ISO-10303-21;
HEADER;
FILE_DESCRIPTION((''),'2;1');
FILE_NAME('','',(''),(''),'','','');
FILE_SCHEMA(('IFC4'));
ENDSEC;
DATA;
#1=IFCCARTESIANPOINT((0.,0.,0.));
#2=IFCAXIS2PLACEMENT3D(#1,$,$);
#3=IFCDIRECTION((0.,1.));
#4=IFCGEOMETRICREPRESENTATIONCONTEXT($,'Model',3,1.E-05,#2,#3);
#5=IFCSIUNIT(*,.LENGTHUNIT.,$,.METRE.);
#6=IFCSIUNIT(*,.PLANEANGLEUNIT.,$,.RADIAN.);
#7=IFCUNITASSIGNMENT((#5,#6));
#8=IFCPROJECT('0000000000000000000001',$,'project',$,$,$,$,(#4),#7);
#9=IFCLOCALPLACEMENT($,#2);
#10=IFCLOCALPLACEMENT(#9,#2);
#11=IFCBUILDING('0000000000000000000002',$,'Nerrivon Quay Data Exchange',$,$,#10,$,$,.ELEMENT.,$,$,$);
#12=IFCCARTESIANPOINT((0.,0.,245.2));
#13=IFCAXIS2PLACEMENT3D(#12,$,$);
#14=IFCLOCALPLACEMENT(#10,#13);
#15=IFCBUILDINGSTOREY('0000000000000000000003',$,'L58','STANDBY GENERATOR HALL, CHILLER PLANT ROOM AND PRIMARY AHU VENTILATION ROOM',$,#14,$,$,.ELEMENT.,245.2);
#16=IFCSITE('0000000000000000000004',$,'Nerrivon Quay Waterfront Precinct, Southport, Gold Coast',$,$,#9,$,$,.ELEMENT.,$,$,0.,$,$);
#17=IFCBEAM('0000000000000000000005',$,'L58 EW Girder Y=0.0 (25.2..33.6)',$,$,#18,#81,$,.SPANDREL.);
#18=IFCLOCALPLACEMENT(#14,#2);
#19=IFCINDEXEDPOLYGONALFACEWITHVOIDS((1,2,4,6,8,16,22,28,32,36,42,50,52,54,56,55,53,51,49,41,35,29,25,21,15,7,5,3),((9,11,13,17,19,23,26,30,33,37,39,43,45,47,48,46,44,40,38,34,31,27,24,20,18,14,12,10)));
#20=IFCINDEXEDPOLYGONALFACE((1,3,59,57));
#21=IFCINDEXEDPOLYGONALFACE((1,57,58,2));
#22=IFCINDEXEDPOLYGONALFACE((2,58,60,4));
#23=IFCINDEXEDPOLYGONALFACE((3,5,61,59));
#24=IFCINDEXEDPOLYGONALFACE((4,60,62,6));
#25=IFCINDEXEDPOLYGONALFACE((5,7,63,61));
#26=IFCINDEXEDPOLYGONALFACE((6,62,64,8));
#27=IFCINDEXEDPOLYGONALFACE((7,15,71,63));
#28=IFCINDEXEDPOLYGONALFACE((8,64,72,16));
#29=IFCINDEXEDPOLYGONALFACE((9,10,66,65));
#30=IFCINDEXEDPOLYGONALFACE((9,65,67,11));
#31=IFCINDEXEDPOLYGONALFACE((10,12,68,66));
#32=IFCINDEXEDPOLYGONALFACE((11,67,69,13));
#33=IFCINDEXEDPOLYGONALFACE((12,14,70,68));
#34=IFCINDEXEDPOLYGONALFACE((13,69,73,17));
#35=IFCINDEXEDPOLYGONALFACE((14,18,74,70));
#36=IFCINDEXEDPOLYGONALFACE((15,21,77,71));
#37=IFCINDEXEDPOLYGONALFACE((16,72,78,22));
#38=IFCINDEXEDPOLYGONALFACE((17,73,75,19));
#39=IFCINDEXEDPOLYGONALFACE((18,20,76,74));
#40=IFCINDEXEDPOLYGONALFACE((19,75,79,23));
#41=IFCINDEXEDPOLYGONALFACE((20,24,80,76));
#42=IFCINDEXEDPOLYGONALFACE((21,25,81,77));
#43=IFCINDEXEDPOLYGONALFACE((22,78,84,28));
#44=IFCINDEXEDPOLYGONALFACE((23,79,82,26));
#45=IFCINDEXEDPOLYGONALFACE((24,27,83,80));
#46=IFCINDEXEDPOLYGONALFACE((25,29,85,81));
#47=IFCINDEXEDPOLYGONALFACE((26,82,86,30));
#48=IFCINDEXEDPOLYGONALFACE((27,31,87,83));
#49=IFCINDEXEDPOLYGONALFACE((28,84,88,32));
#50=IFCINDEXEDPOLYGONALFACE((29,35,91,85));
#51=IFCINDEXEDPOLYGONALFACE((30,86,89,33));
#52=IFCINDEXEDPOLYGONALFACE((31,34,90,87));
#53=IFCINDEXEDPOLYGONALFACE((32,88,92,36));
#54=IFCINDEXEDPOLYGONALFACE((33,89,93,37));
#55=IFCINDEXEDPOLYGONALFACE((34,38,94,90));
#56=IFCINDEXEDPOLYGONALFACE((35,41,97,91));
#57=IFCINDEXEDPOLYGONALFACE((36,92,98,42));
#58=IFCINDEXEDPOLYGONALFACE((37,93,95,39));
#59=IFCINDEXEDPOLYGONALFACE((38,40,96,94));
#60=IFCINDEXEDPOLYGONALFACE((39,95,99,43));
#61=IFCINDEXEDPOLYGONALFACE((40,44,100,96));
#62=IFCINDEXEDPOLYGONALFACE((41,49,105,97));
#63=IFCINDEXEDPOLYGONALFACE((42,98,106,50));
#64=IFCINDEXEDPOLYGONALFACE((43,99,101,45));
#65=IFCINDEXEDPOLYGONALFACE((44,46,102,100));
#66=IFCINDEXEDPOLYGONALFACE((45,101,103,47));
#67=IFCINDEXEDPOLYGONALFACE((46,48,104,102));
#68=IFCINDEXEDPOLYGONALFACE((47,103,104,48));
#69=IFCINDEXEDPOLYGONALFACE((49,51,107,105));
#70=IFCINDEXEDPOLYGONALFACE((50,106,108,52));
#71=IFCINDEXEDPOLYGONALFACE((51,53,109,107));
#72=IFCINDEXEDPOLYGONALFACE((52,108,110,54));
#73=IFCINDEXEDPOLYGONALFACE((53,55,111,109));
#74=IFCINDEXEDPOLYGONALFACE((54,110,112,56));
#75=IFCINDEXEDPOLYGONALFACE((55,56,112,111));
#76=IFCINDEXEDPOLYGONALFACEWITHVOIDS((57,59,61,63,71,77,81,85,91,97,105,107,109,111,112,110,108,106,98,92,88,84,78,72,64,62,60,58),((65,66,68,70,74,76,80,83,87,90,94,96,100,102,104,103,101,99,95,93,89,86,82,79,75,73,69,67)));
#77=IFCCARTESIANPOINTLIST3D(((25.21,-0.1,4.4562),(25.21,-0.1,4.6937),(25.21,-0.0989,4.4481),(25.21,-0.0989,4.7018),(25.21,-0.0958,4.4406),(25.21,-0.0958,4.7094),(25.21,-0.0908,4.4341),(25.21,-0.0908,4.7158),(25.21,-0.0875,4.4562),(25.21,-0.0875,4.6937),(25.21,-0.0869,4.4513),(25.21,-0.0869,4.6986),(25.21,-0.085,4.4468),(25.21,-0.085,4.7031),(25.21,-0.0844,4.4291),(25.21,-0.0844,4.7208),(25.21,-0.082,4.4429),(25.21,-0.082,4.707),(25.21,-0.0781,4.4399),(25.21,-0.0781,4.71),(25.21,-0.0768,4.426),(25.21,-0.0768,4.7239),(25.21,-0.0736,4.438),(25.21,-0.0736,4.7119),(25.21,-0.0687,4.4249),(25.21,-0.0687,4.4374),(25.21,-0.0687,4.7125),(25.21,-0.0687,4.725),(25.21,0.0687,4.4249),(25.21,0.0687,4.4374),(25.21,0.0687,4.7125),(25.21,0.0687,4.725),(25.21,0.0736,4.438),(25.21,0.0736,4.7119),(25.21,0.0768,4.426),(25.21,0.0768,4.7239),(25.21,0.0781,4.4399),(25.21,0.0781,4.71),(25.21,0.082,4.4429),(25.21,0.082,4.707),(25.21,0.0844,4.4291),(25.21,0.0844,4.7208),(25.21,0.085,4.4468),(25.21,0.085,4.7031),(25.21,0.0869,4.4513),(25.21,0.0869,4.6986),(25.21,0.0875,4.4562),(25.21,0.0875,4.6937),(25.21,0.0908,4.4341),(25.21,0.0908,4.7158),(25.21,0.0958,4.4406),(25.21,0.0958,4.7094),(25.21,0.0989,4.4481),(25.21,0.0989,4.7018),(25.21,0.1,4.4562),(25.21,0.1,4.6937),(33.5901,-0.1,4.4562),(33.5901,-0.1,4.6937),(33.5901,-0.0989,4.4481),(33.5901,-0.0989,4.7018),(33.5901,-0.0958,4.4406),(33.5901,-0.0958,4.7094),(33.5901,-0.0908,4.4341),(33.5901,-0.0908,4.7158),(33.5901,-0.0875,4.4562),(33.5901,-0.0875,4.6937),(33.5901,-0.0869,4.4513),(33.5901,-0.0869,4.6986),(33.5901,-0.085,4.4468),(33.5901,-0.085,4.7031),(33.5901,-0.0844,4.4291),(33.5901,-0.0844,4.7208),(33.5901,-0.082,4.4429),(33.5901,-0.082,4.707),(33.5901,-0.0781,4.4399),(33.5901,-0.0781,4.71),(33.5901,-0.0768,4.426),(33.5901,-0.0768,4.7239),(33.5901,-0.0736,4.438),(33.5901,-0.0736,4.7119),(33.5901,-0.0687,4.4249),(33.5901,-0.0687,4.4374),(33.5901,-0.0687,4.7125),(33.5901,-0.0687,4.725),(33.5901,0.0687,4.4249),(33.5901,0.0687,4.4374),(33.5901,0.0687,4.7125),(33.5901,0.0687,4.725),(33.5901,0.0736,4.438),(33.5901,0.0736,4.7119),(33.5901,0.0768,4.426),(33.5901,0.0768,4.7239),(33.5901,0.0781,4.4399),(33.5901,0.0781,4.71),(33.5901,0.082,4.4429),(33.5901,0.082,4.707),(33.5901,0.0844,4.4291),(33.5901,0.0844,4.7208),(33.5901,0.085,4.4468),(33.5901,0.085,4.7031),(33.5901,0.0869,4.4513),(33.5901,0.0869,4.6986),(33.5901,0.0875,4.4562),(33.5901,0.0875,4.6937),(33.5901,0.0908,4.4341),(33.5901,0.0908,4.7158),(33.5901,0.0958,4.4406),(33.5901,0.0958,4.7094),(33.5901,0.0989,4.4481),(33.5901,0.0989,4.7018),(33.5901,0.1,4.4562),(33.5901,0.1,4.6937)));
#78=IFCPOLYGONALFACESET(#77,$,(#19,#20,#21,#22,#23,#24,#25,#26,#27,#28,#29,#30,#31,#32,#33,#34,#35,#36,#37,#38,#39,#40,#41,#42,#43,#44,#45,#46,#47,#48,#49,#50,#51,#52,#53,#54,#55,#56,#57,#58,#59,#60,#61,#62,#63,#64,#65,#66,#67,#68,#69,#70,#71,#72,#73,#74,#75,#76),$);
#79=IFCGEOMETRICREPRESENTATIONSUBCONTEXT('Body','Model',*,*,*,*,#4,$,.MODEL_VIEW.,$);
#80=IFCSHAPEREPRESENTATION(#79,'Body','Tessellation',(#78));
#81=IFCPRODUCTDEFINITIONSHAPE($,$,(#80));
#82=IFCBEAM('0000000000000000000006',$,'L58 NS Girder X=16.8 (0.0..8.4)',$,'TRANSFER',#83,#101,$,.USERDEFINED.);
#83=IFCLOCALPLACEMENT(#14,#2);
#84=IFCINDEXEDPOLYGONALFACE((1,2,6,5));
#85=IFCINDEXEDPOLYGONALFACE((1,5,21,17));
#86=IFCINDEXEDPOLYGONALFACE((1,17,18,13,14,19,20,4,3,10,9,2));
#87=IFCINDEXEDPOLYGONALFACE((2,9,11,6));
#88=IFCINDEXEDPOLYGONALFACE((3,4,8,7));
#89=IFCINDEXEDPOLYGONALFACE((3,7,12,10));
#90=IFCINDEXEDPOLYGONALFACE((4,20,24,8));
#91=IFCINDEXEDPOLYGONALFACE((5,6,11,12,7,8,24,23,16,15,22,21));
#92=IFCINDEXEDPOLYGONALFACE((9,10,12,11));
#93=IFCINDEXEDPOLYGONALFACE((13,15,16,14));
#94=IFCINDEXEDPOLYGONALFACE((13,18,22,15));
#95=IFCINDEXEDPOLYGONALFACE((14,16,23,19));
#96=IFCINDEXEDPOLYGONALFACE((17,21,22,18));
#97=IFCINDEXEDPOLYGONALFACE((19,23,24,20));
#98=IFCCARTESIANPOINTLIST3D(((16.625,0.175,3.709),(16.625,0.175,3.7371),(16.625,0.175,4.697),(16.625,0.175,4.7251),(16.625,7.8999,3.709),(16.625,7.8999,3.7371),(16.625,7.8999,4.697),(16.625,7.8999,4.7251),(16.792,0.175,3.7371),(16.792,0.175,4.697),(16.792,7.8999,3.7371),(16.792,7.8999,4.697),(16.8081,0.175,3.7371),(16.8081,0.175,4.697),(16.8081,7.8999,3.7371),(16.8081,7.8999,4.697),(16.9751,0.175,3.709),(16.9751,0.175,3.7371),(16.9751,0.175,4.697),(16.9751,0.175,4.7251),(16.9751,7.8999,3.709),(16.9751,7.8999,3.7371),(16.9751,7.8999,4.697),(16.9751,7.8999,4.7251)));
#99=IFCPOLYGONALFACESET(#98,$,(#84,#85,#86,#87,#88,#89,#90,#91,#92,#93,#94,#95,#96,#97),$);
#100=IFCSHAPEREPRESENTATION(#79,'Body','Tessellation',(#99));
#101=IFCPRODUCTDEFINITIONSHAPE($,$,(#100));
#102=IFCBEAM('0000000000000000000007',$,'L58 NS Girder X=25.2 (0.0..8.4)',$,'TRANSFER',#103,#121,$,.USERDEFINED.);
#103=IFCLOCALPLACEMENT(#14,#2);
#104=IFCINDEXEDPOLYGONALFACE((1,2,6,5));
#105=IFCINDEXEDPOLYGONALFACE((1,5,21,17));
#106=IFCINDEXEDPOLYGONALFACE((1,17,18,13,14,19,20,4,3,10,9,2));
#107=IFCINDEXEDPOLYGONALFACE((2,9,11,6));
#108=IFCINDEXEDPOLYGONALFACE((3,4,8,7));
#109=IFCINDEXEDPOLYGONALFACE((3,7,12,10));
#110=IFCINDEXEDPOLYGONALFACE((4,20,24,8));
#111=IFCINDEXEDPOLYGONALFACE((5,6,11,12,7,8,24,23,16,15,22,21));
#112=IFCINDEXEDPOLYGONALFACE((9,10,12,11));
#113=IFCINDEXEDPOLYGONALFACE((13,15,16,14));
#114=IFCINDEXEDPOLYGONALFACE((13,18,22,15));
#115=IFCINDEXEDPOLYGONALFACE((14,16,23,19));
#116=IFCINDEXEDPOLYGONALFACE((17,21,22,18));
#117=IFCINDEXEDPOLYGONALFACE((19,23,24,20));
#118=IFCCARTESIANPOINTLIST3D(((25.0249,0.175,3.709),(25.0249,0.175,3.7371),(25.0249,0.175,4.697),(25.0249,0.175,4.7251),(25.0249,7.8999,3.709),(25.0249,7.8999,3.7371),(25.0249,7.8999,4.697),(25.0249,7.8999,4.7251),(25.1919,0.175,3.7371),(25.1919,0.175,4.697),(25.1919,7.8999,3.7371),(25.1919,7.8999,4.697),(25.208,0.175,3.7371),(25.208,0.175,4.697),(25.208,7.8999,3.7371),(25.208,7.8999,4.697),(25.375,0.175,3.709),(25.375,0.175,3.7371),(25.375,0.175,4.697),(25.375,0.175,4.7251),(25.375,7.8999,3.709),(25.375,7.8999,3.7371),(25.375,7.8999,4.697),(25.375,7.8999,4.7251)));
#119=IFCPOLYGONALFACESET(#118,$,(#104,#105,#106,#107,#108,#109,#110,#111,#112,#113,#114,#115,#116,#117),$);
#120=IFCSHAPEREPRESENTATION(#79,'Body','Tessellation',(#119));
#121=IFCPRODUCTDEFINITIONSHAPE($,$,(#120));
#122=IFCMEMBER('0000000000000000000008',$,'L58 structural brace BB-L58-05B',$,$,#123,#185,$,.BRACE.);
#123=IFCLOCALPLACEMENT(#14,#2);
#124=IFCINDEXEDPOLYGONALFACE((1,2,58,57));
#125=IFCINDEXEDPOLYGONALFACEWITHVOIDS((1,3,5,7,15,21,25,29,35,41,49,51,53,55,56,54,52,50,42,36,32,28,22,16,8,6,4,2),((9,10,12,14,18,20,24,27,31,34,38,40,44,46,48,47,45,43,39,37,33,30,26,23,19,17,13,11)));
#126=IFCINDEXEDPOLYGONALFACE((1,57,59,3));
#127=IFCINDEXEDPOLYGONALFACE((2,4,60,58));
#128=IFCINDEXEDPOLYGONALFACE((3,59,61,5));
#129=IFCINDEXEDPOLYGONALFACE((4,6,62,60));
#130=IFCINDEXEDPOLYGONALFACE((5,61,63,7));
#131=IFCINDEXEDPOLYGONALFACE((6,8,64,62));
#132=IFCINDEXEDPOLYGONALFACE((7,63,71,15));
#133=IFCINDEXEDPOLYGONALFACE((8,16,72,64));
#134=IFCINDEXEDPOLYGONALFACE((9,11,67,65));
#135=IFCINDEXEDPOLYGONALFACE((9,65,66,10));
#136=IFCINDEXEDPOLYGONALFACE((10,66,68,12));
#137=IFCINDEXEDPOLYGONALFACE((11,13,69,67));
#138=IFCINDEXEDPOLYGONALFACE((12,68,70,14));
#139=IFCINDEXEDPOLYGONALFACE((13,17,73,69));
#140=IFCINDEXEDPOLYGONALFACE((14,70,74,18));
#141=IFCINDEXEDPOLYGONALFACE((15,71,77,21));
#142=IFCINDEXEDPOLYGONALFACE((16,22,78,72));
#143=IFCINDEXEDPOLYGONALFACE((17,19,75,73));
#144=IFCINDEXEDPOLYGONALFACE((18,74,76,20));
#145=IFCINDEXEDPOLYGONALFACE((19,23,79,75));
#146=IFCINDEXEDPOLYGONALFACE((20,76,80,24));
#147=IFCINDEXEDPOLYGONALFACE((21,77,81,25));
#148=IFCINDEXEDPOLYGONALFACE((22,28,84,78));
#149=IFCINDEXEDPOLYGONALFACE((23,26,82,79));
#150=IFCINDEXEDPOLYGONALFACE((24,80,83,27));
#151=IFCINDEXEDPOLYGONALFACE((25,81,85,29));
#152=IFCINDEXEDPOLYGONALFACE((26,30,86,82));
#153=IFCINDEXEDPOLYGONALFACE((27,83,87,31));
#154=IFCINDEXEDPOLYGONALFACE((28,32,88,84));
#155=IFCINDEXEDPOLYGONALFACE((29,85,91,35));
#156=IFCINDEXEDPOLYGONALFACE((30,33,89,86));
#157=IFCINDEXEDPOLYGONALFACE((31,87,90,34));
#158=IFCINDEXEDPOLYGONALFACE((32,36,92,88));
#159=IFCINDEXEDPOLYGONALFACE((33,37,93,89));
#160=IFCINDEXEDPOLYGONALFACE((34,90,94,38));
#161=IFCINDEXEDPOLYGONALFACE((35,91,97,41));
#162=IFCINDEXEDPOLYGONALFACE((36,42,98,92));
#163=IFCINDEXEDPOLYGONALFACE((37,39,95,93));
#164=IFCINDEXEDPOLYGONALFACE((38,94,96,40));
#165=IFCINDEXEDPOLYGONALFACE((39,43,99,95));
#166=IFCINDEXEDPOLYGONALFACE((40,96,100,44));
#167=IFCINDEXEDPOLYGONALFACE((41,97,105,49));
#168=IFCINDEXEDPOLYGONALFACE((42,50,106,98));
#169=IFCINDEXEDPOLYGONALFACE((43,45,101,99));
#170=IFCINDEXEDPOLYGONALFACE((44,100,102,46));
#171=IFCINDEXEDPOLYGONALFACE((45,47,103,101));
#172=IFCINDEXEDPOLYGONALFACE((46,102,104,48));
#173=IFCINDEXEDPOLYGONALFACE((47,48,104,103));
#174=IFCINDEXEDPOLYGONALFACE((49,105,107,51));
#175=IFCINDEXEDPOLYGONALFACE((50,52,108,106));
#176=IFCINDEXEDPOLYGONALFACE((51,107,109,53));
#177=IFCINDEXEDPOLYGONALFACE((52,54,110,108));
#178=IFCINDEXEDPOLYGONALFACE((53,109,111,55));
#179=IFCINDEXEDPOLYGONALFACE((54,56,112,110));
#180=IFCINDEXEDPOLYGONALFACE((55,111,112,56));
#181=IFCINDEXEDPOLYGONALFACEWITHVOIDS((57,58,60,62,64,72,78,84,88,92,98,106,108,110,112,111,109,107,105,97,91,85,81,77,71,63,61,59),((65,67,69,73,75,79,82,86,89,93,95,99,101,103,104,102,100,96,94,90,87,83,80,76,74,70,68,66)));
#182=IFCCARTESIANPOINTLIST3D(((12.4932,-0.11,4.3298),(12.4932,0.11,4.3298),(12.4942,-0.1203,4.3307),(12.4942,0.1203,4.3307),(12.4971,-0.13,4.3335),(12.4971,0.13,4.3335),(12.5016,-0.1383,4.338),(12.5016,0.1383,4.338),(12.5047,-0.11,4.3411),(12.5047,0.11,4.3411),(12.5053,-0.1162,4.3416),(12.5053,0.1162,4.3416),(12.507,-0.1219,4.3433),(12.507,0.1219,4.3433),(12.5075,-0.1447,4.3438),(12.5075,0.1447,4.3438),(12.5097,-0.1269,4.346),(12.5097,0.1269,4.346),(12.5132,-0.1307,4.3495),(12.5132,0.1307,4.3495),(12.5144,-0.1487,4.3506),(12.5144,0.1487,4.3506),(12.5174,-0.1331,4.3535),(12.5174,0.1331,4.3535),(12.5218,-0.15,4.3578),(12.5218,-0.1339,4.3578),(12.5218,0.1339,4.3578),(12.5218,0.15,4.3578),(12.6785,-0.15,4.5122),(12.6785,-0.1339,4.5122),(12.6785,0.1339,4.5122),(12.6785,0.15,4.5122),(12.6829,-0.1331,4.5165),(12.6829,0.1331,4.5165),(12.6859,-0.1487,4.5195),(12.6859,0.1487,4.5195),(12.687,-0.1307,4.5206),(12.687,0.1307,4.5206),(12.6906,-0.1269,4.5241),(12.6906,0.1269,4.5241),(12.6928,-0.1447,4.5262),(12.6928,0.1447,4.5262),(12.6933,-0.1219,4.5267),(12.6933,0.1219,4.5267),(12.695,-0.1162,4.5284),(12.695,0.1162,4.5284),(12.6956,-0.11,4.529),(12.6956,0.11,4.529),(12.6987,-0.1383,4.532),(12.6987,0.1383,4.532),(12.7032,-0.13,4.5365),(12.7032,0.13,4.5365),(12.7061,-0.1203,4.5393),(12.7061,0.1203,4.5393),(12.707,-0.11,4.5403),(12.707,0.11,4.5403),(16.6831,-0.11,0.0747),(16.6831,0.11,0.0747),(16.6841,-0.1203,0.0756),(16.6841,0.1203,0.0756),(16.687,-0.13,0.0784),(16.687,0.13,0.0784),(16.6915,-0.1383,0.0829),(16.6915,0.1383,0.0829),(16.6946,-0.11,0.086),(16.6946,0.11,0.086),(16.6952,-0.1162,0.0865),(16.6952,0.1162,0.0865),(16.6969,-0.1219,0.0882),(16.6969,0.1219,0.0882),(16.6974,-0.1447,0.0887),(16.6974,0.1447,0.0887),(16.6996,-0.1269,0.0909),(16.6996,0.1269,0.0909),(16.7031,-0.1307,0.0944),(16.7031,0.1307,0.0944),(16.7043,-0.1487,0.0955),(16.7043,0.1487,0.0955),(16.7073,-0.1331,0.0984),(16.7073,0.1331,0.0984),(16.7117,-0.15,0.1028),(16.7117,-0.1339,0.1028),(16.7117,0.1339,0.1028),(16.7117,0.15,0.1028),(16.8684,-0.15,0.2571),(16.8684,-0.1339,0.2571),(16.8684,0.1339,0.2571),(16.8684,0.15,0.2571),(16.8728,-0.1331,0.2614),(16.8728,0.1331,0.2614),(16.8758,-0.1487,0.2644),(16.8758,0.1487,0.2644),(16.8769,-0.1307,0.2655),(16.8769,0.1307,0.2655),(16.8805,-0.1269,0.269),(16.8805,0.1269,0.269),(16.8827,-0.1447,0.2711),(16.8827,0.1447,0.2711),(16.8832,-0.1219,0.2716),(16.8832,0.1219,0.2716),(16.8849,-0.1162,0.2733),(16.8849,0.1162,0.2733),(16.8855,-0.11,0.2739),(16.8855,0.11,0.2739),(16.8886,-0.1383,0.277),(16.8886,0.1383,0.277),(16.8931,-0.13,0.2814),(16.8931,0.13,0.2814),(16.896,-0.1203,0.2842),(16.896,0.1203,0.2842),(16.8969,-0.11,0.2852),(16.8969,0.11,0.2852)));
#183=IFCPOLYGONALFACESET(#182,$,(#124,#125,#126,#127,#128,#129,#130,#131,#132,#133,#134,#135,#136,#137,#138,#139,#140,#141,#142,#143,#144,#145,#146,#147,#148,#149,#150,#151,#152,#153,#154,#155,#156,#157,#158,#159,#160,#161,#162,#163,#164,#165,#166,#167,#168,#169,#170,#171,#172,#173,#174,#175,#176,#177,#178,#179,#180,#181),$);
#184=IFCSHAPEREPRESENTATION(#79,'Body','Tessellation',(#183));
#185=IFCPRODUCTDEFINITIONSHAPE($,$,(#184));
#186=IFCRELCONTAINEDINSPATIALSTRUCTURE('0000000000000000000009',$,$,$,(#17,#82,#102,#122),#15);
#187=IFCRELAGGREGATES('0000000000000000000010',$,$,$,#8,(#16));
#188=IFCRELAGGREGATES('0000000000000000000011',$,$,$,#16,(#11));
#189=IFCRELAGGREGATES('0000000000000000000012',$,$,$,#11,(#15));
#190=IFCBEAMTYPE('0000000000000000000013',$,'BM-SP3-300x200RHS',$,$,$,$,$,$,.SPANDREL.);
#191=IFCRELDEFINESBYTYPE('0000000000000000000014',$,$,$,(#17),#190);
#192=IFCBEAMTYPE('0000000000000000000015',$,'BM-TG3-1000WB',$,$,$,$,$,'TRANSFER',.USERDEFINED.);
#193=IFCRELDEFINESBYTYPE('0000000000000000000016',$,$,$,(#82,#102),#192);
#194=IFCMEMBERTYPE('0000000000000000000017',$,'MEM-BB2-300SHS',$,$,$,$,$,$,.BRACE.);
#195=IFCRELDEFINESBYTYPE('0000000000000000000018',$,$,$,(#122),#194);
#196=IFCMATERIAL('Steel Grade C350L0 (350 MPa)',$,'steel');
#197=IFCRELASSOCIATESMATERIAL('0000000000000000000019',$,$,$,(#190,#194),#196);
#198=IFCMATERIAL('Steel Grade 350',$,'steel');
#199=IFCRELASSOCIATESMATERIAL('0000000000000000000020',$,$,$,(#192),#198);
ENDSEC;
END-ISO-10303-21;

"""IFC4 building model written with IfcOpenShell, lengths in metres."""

from ifc_helpers import new_model, si_unit, direction, frame, origin, origin_2d, place, context, subcontext, project, spatial, hollow_rectangle, i_section, extrude, material, material_profile, profile_set, type_object, element, save


model = new_model("IFC4")

# Units and contexts
model_context = context("Model", 3, precision=1e-05, world=origin(), true_north=direction((0.0, 1.0)))
body_context = subcontext(model_context, "Body", "Model", "MODEL_VIEW")
ifc_project = project(units=[si_unit("LENGTHUNIT", "METRE"), si_unit("PLANEANGLEUNIT", "RADIAN")], contexts=[model_context])

# Site, building, storey
site_placement = place(None, origin())
site = spatial("IfcSite", under=ifc_project, at=site_placement, Name="Nerrivon Quay Waterfront Precinct, Southport, Gold Coast", CompositionType="ELEMENT", RefElevation=0.0)
building_placement = place(site_placement, origin())
building = spatial("IfcBuilding", under=site, at=building_placement, Name="Nerrivon Quay Data Exchange", CompositionType="ELEMENT")
storey_placement = place(building_placement, frame((0.0, 0.0, 245.2)))
storey = spatial("IfcBuildingStorey", under=building, at=storey_placement, Name="L58", Description="STANDBY GENERATOR HALL, CHILLER PLANT ROOM AND PRIMARY AHU VENTILATION ROOM", CompositionType="ELEMENT", Elevation=245.2)

# Shared definitions
ifc_material_1 = material(Name="Steel Grade 350", Category="steel")

# Beams
ifc_material_2 = material(Name="Steel Grade C350L0 (350 MPa)", Category="steel")
ifc_material_profile_1 = material_profile(ifc_material_2, hollow_rectangle(XDim=0.2, YDim=0.3, WallThickness=0.0125, InnerFilletRadius=0.0188, OuterFilletRadius=0.0312, at=origin_2d()), Name="300x200x12.5RHS")
ifc_profile_set_1 = profile_set([ifc_material_profile_1], Name="Steel Grade C350L0 (350 MPa)")
beam_type_1 = type_object("IfcBeamType", Name="BM-SP3-300x200RHS", PredefinedType="SPANDREL", material=ifc_profile_set_1)
beam_1_placement = place(storey_placement, frame((25.21, 0.0, 4.575), z_axis=(1.0, 0.0, 0.0), x_axis=(0.0, 1.0, 0.0)))
element("IfcBeam", 1, at=beam_1_placement, inside=storey, type_object=beam_type_1, Name="L58 EW Girder Y=0.0 (25.2..33.6)", PredefinedType="SPANDREL", context=body_context, shape_type="SweptSolid", body=[
    extrude(hollow_rectangle(XDim=0.2, YDim=0.3, WallThickness=0.0125, InnerFilletRadius=0.0188, OuterFilletRadius=0.0312, at=origin_2d()), origin(), (0.0, 0.0, 1.0), 8.3801),
])
ifc_material_profile_2 = material_profile(ifc_material_1, i_section(OverallWidth=0.3501, OverallDepth=1.0161, WebThickness=0.0161, FlangeThickness=0.0281, at=origin_2d()), Name="1000WB258")
ifc_profile_set_2 = profile_set([ifc_material_profile_2], Name="Steel Grade 350")
beam_type_2 = type_object("IfcBeamType", Name="BM-TG3-1000WB", ElementType="TRANSFER", PredefinedType="USERDEFINED", material=ifc_profile_set_2)
for number, where, z_axis, x_axis, name in (
    (2, (16.8, 0.175, 4.217), (0.0, 1.0, 0.0), (-1.0, 0.0, 0.0), "L58 NS Girder X=16.8 (0.0..8.4)"),
    (3, (25.2, 0.175, 4.217), (0.0, 1.0, 0.0), (-1.0, 0.0, 0.0), "L58 NS Girder X=25.2 (0.0..8.4)"),
):
    element("IfcBeam", number, at=place(storey_placement, frame(where, z_axis=z_axis, x_axis=x_axis)), inside=storey, type_object=beam_type_2, Name=name, ObjectType="TRANSFER", PredefinedType="USERDEFINED", context=body_context, shape_type="SweptSolid", body=[
        extrude(i_section(OverallWidth=0.3501, OverallDepth=1.0161, WebThickness=0.0161, FlangeThickness=0.0281, at=origin_2d()), origin(), (0.0, 0.0, 1.0), 7.7249),
    ])

# Member
ifc_material_profile_3 = material_profile(ifc_material_2, hollow_rectangle(XDim=0.3, YDim=0.3, WallThickness=0.0161, InnerFilletRadius=0.0239, OuterFilletRadius=0.04, at=origin_2d()), Name="300x300x16.0SHS")
ifc_profile_set_3 = profile_set([ifc_material_profile_3], Name="Steel Grade C350L0 (350 MPa)")
member_type_1 = type_object("IfcMemberType", Name="MEM-BB2-300SHS", PredefinedType="BRACE", material=ifc_profile_set_3)
for number, where, z_axis, x_axis, name in (
    (4, (16.79, 0.0, 0.1799), (-0.701628, 0.0, 0.712544), (0.0, -1.0, 0.0), "L58 structural brace BB-L58-05B"),
):
    element("IfcMember", number, at=place(storey_placement, frame(where, z_axis=z_axis, x_axis=x_axis)), inside=storey, type_object=member_type_1, Name=name, PredefinedType="BRACE", context=body_context, shape_type="SweptSolid", body=[
        extrude(hollow_rectangle(XDim=0.3, YDim=0.3, WallThickness=0.0161, InnerFilletRadius=0.0239, OuterFilletRadius=0.04, at=origin_2d()), origin(), (0.0, 0.0, 1.0), 5.9717),
    ])

save(model, "model.ifc")
